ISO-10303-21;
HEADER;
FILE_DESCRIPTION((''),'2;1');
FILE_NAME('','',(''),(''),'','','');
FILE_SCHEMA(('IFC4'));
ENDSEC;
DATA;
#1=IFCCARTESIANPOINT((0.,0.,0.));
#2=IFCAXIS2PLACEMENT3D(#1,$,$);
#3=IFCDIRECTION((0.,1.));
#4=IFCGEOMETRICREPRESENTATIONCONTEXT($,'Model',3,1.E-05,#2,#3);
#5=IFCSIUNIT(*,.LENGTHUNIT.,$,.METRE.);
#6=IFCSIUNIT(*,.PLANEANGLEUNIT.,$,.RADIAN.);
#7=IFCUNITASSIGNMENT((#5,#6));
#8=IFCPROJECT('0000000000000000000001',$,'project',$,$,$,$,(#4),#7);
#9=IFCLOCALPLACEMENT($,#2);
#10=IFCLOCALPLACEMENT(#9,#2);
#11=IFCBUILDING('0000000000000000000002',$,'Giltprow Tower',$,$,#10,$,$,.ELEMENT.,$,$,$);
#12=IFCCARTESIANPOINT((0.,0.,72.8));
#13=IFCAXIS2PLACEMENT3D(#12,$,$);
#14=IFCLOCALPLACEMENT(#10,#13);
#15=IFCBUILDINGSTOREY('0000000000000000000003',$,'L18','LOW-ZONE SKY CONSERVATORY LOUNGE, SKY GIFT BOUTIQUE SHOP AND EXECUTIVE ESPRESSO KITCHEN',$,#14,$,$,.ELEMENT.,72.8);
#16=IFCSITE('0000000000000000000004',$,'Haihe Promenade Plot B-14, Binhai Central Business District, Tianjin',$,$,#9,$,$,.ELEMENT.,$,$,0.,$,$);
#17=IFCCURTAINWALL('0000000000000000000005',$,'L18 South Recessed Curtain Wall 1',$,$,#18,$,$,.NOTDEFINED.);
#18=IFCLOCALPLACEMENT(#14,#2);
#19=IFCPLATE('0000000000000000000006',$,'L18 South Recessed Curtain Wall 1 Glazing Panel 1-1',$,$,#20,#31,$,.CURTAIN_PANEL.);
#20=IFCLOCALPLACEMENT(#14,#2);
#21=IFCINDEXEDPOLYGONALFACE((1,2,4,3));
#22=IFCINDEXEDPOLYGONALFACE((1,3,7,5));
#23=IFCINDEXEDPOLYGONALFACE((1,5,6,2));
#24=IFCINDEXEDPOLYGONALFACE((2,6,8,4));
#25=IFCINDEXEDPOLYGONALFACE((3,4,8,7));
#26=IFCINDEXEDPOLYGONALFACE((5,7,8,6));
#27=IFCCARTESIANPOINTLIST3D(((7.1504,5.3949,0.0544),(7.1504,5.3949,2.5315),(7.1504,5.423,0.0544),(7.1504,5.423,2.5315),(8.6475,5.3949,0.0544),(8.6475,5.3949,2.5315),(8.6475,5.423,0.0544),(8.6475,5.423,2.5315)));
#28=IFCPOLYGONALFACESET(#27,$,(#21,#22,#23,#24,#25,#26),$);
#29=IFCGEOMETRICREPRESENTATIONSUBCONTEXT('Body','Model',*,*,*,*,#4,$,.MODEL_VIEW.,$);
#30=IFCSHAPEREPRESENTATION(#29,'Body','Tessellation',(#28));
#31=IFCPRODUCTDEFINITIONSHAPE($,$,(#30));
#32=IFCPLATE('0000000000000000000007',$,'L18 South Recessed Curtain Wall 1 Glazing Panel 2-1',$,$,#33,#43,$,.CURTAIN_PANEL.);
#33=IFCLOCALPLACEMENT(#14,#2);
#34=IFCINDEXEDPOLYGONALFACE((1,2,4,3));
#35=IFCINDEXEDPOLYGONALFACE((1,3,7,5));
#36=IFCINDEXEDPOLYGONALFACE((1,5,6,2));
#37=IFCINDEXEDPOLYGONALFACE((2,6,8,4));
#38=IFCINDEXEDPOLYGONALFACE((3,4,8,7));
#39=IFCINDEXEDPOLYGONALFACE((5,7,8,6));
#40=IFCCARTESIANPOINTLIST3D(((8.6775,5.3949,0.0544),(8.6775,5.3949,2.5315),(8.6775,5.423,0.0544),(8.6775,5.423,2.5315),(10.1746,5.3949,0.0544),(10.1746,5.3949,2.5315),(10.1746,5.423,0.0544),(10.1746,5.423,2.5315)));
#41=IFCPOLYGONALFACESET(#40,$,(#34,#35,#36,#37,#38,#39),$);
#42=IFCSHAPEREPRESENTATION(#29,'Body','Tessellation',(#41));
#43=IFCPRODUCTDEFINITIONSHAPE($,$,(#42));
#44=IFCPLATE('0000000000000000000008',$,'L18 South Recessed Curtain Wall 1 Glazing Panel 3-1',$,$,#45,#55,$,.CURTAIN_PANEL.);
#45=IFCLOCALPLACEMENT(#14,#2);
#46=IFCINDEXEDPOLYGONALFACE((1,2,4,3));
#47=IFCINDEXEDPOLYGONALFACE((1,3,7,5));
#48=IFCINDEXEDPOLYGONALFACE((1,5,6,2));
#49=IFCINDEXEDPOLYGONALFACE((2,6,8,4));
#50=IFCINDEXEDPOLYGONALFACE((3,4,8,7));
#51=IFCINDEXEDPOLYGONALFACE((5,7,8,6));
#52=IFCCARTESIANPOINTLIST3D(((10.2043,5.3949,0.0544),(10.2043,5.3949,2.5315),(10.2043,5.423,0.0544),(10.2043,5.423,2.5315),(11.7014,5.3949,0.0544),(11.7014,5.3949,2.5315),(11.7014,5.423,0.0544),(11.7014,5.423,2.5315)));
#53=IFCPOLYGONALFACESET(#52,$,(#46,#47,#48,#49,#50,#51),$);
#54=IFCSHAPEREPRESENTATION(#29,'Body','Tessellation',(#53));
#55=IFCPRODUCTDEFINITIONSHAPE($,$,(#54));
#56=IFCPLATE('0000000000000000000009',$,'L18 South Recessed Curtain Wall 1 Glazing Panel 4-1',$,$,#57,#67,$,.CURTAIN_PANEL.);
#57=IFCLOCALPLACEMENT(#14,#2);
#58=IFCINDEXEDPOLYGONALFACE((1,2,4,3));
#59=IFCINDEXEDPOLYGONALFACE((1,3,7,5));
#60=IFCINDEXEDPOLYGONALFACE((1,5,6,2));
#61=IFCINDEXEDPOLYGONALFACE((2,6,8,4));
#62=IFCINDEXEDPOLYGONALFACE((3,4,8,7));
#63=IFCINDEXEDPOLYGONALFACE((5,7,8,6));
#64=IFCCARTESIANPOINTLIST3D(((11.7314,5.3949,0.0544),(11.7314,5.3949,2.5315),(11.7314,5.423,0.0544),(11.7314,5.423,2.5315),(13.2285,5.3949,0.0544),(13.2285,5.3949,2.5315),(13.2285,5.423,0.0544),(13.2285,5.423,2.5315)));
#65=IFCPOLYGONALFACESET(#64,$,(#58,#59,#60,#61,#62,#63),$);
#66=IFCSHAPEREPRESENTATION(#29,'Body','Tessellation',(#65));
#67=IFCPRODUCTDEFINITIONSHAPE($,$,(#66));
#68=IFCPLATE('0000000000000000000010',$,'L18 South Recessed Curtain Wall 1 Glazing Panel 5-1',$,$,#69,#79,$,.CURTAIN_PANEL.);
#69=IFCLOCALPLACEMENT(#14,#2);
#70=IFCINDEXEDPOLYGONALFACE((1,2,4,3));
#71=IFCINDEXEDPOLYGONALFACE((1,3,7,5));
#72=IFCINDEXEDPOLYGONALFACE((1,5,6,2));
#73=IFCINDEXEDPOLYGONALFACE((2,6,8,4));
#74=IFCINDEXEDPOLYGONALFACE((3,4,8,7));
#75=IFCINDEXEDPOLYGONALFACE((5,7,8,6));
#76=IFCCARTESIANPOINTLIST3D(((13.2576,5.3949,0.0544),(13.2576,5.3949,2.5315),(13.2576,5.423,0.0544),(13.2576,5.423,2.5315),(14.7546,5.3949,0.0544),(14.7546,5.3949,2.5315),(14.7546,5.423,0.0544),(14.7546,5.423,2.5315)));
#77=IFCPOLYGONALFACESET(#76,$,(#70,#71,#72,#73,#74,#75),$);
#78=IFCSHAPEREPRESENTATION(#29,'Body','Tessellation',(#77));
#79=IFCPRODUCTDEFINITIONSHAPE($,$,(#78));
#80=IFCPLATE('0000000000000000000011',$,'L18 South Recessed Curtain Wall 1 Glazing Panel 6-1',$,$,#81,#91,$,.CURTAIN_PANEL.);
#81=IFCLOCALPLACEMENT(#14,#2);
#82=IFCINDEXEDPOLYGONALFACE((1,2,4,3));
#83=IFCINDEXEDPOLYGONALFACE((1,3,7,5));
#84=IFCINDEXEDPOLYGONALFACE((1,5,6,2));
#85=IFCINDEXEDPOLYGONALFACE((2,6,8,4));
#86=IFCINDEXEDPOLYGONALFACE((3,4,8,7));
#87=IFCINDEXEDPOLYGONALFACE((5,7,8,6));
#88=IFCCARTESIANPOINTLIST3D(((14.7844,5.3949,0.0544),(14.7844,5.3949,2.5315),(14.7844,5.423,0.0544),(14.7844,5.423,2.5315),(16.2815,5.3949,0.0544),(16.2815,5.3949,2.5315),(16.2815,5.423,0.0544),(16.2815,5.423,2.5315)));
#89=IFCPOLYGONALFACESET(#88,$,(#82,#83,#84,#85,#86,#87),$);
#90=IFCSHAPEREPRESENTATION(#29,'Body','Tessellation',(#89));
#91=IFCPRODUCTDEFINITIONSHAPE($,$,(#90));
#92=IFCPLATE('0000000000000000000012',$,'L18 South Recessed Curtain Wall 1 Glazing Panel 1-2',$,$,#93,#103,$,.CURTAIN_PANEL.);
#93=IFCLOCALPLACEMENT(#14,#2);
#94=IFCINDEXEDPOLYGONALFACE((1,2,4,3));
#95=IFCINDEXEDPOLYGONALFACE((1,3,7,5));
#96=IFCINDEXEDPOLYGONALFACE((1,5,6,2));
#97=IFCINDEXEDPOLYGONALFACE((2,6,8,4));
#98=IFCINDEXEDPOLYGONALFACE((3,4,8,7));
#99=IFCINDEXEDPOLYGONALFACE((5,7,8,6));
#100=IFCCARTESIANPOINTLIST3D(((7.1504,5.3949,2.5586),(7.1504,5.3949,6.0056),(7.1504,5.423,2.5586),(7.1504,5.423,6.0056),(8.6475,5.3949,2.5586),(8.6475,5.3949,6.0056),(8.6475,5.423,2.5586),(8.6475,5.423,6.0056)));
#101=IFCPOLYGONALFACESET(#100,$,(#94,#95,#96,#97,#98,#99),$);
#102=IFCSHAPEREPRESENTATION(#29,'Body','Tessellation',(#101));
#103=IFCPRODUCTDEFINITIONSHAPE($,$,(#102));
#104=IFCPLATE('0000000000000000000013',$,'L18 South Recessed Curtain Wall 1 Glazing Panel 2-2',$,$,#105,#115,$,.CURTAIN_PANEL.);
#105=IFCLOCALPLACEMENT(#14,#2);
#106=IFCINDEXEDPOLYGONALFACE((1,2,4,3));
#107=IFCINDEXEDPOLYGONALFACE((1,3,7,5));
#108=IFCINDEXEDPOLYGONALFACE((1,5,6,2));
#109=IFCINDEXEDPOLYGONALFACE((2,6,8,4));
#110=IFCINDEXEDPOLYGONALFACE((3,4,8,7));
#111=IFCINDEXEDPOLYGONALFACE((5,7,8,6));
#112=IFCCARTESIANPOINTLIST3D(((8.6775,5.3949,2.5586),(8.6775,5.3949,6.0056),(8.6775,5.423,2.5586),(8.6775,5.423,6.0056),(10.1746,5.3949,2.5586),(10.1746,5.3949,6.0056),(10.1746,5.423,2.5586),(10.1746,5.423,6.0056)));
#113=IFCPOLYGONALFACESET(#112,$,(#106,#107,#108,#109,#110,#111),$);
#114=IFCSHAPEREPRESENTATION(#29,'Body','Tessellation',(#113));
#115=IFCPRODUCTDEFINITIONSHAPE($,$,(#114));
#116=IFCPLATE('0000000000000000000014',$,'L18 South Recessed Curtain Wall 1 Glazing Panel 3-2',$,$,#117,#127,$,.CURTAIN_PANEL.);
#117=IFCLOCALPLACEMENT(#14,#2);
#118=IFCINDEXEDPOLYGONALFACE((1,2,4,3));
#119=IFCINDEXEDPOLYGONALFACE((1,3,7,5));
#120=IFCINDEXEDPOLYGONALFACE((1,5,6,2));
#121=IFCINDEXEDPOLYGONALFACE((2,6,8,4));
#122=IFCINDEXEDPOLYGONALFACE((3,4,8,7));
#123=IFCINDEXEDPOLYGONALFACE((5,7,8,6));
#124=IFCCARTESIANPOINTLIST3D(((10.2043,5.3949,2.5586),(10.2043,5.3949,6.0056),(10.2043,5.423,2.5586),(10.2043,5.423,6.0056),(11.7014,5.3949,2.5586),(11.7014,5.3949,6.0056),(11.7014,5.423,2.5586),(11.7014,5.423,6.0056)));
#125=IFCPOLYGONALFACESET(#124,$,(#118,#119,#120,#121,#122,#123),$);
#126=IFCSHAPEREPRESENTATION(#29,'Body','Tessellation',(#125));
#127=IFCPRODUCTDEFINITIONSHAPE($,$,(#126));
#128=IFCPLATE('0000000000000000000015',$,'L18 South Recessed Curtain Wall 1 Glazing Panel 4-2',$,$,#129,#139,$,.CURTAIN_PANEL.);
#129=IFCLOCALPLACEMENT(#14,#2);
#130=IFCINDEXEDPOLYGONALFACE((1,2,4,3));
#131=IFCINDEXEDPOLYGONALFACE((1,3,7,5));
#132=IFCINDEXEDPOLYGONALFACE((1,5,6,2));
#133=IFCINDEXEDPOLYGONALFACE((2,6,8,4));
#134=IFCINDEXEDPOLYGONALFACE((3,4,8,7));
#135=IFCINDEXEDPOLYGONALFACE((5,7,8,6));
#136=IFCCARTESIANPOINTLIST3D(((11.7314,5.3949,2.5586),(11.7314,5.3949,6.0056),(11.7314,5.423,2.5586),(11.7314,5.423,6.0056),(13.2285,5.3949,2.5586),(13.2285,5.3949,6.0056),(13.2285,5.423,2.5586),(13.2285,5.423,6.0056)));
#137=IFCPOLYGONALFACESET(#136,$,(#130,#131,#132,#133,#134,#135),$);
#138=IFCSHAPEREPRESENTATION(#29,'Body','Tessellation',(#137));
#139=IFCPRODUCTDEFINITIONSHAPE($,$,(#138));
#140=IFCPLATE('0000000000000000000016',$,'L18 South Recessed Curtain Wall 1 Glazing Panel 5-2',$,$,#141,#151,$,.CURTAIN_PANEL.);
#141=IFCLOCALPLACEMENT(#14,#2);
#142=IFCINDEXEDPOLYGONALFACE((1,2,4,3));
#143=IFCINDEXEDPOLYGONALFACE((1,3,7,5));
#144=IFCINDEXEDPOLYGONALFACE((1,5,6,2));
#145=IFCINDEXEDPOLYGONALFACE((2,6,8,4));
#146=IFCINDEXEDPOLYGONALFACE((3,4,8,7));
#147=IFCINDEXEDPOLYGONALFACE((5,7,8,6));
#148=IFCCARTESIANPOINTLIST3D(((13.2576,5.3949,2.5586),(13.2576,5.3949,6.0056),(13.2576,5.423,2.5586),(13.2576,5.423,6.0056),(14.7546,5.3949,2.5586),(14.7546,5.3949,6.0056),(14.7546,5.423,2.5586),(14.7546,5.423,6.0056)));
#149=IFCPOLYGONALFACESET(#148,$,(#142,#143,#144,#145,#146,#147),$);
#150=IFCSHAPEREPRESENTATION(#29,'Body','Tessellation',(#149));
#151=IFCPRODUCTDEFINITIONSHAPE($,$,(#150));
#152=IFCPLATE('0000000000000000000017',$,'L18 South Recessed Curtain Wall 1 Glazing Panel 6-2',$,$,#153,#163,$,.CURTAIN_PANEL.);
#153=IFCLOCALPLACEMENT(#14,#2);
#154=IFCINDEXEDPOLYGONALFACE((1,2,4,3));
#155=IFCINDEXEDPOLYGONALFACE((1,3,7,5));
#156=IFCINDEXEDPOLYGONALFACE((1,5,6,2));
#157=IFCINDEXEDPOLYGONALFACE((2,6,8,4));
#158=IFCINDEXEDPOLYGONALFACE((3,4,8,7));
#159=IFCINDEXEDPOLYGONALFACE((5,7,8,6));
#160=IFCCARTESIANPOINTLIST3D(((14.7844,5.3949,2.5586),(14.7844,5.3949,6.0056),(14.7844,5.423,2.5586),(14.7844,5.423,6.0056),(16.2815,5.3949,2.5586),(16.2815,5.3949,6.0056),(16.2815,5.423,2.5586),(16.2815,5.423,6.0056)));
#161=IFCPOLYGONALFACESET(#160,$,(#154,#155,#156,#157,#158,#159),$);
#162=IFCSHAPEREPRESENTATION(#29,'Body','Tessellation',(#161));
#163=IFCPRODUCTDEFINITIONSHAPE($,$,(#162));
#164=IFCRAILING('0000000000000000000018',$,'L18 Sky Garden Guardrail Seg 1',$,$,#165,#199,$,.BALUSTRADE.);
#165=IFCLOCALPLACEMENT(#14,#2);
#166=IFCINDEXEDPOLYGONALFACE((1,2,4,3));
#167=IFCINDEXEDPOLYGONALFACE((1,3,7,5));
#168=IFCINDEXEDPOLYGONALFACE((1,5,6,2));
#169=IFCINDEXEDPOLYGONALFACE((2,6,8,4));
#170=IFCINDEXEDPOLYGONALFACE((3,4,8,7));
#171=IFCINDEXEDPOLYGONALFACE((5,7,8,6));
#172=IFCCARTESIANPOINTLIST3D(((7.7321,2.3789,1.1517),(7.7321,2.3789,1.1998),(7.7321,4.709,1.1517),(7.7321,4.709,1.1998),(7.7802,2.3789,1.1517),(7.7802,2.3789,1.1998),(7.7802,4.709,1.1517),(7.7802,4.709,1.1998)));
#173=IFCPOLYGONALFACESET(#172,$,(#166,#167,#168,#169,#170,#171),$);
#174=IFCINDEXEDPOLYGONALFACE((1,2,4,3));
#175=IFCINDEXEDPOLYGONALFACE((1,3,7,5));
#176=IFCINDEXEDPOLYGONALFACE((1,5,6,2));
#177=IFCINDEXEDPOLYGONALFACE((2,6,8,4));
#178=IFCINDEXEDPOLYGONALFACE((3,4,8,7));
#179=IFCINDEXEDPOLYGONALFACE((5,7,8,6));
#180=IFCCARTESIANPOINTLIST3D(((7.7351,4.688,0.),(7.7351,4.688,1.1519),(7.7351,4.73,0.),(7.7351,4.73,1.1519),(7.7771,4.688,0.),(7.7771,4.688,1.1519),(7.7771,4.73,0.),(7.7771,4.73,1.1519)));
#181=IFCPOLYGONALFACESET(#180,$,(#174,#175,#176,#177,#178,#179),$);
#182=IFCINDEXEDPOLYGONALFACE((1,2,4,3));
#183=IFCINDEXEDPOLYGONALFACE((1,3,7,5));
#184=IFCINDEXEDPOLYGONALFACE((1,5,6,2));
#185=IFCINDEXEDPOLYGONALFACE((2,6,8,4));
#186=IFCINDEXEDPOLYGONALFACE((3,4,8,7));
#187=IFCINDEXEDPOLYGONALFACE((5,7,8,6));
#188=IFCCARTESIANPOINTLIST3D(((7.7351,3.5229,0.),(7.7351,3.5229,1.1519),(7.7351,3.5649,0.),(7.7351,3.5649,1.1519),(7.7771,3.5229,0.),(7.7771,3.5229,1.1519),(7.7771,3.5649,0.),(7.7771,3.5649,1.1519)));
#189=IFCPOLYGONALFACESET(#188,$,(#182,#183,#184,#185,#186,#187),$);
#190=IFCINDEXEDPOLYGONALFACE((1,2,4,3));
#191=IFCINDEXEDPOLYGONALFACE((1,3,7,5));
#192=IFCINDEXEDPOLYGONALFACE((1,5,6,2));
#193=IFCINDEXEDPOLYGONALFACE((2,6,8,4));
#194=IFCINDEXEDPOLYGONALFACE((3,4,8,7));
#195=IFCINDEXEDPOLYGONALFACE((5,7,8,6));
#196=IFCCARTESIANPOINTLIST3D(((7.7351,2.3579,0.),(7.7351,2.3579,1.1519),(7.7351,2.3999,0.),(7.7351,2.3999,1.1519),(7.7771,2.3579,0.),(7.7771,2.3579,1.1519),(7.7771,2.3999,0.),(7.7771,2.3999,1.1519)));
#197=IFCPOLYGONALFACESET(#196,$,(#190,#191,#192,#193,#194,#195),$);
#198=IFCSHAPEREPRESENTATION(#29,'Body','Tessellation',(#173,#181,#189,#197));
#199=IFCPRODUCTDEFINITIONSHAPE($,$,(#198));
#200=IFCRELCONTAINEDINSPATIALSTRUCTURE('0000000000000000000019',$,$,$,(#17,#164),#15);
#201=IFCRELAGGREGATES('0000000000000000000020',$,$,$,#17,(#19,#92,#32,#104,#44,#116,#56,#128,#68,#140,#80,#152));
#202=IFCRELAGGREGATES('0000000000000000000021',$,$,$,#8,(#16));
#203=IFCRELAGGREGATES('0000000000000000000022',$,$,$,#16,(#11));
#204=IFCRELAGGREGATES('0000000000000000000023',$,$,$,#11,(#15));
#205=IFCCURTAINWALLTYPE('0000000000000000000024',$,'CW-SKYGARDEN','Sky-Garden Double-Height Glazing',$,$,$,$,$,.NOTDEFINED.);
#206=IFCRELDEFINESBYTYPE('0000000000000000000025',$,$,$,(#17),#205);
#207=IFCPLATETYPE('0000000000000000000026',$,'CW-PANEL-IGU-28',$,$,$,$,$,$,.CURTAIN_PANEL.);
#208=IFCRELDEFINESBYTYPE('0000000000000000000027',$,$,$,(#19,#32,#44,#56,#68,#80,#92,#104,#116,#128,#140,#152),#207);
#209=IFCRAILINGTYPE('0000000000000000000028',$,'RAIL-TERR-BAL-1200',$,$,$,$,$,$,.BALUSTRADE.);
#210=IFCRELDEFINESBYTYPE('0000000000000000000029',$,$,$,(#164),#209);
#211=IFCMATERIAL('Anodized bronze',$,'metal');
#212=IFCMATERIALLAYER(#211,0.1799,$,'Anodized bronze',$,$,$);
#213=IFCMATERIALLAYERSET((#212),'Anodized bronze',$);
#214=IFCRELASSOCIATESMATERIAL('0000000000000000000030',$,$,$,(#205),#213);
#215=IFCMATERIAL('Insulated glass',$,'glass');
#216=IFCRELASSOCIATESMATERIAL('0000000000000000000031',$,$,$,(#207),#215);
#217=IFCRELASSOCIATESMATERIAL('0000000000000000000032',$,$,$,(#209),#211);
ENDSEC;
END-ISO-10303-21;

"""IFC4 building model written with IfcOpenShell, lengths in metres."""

from ifc_helpers import new_model, si_unit, direction, frame, origin, origin_2d, place, context, subcontext, project, spatial, rectangle, extrude, source, transform, mapped, material, layer, layer_set, type_object, element, aggregate, save


model = new_model("IFC4")

# Units and contexts
model_context = context("Model", 3, precision=1e-05, world=origin(), true_north=direction((0.0, 1.0)))
body_context = subcontext(model_context, "Body", "Model", "MODEL_VIEW")
ifc_project = project(units=[si_unit("LENGTHUNIT", "METRE"), si_unit("PLANEANGLEUNIT", "RADIAN")], contexts=[model_context])

# Site, building, storey
site_placement = place(None, origin())
site = spatial("IfcSite", under=ifc_project, at=site_placement, Name="Haihe Promenade Plot B-14, Binhai Central Business District, Tianjin", CompositionType="ELEMENT", RefElevation=0.0)
building_placement = place(site_placement, origin())
building = spatial("IfcBuilding", under=site, at=building_placement, Name="Giltprow Tower", CompositionType="ELEMENT")
storey_placement = place(building_placement, frame((0.0, 0.0, 72.8)))
storey = spatial("IfcBuildingStorey", under=building, at=storey_placement, Name="L18", Description="LOW-ZONE SKY CONSERVATORY LOUNGE, SKY GIFT BOUTIQUE SHOP AND EXECUTIVE ESPRESSO KITCHEN", CompositionType="ELEMENT", Elevation=72.8)

# Curtain wall, plates
ifc_material_1 = material(Name="Anodized bronze", Category="metal")
ifc_layer = layer(ifc_material_1, 0.1799, Name="Anodized bronze")
ifc_layer_set = layer_set([ifc_layer], Name="Anodized bronze")
curtain_wall_type = type_object("IfcCurtainWallType", Name="CW-SKYGARDEN", Description="Sky-Garden Double-Height Glazing", PredefinedType="NOTDEFINED", material=ifc_layer_set)
curtain_wall_placement = place(storey_placement, origin())
curtain_wall = element("IfcCurtainWall", 1, at=curtain_wall_placement, inside=storey, type_object=curtain_wall_type, Name="L18 South Recessed Curtain Wall 1", PredefinedType="NOTDEFINED")
ifc_material_2 = material(Name="Insulated glass", Category="glass")
plate_type = type_object("IfcPlateType", Name="CW-PANEL-IGU-28", PredefinedType="CURTAIN_PANEL", material=ifc_material_2)
shared_shape_1 = source(origin(), body_context, "Body", "SweptSolid", [
    extrude(rectangle(XDim=1.4971, YDim=0.0281, at=origin_2d()), origin(), (0.0, 0.0, 1.0), 2.4771),
])
plate_1_placement = place(storey_placement, frame((7.8989, 5.4089, 0.0544), z_axis=(0.0, 0.0, 1.0), x_axis=(1.0, 0.0, 0.0)))
plate_1 = element("IfcPlate", 2, at=plate_1_placement, type_object=plate_type, Name="L18 South Recessed Curtain Wall 1 Glazing Panel 1-1", PredefinedType="CURTAIN_PANEL", context=body_context, shape_type="MappedRepresentation", body=[
    mapped(shared_shape_1, transform((0.0, 0.0, 0.0), x_axis=(1.0, 0.0, 0.0), y_axis=(0.0, 1.0, 0.0), z_axis=(0.0, 0.0, 1.0), scale=1.0)),
])
plate_2_placement = place(storey_placement, frame((9.426, 5.4089, 0.0544), z_axis=(0.0, 0.0, 1.0), x_axis=(1.0, 0.0, 0.0)))
plate_2 = element("IfcPlate", 3, at=plate_2_placement, type_object=plate_type, Name="L18 South Recessed Curtain Wall 1 Glazing Panel 2-1", PredefinedType="CURTAIN_PANEL", context=body_context, shape_type="MappedRepresentation", body=[
    mapped(shared_shape_1, transform((0.0, 0.0, 0.0), x_axis=(1.0, 0.0, 0.0), y_axis=(0.0, 1.0, 0.0), z_axis=(0.0, 0.0, 1.0), scale=1.0)),
])
plate_3_placement = place(storey_placement, frame((10.9529, 5.4089, 0.0544), z_axis=(0.0, 0.0, 1.0), x_axis=(1.0, 0.0, 0.0)))
plate_3 = element("IfcPlate", 4, at=plate_3_placement, type_object=plate_type, Name="L18 South Recessed Curtain Wall 1 Glazing Panel 3-1", PredefinedType="CURTAIN_PANEL", context=body_context, shape_type="MappedRepresentation", body=[
    mapped(shared_shape_1, transform((0.0, 0.0, 0.0), x_axis=(1.0, 0.0, 0.0), y_axis=(0.0, 1.0, 0.0), z_axis=(0.0, 0.0, 1.0), scale=1.0)),
])
plate_4_placement = place(storey_placement, frame((12.48, 5.4089, 0.0544), z_axis=(0.0, 0.0, 1.0), x_axis=(1.0, 0.0, 0.0)))
plate_4 = element("IfcPlate", 5, at=plate_4_placement, type_object=plate_type, Name="L18 South Recessed Curtain Wall 1 Glazing Panel 4-1", PredefinedType="CURTAIN_PANEL", context=body_context, shape_type="MappedRepresentation", body=[
    mapped(shared_shape_1, transform((0.0, 0.0, 0.0), x_axis=(1.0, 0.0, 0.0), y_axis=(0.0, 1.0, 0.0), z_axis=(0.0, 0.0, 1.0), scale=1.0)),
])
plate_5_placement = place(storey_placement, frame((14.0061, 5.4089, 0.0544), z_axis=(0.0, 0.0, 1.0), x_axis=(1.0, 0.0, 0.0)))
plate_5 = element("IfcPlate", 6, at=plate_5_placement, type_object=plate_type, Name="L18 South Recessed Curtain Wall 1 Glazing Panel 5-1", PredefinedType="CURTAIN_PANEL", context=body_context, shape_type="MappedRepresentation", body=[
    mapped(shared_shape_1, transform((0.0, 0.0, 0.0), x_axis=(1.0, 0.0, 0.0), y_axis=(0.0, 1.0, 0.0), z_axis=(0.0, 0.0, 1.0), scale=1.0)),
])
plate_6_placement = place(storey_placement, frame((15.533, 5.4089, 0.0544), z_axis=(0.0, 0.0, 1.0), x_axis=(1.0, 0.0, 0.0)))
plate_6 = element("IfcPlate", 7, at=plate_6_placement, type_object=plate_type, Name="L18 South Recessed Curtain Wall 1 Glazing Panel 6-1", PredefinedType="CURTAIN_PANEL", context=body_context, shape_type="MappedRepresentation", body=[
    mapped(shared_shape_1, transform((0.0, 0.0, 0.0), x_axis=(1.0, 0.0, 0.0), y_axis=(0.0, 1.0, 0.0), z_axis=(0.0, 0.0, 1.0), scale=1.0)),
])
shared_shape_2 = source(origin(), body_context, "Body", "SweptSolid", [
    extrude(rectangle(XDim=1.4971, YDim=0.0281, at=origin_2d()), origin(), (0.0, 0.0, 1.0), 3.447),
])
plate_7_placement = place(storey_placement, frame((7.8989, 5.4089, 2.5586), z_axis=(0.0, 0.0, 1.0), x_axis=(1.0, 0.0, 0.0)))
plate_7 = element("IfcPlate", 8, at=plate_7_placement, type_object=plate_type, Name="L18 South Recessed Curtain Wall 1 Glazing Panel 1-2", PredefinedType="CURTAIN_PANEL", context=body_context, shape_type="MappedRepresentation", body=[
    mapped(shared_shape_2, transform((0.0, 0.0, 0.0), x_axis=(1.0, 0.0, 0.0), y_axis=(0.0, 1.0, 0.0), z_axis=(0.0, 0.0, 1.0), scale=1.0)),
])
plate_8_placement = place(storey_placement, frame((9.426, 5.4089, 2.5586), z_axis=(0.0, 0.0, 1.0), x_axis=(1.0, 0.0, 0.0)))
plate_8 = element("IfcPlate", 9, at=plate_8_placement, type_object=plate_type, Name="L18 South Recessed Curtain Wall 1 Glazing Panel 2-2", PredefinedType="CURTAIN_PANEL", context=body_context, shape_type="MappedRepresentation", body=[
    mapped(shared_shape_2, transform((0.0, 0.0, 0.0), x_axis=(1.0, 0.0, 0.0), y_axis=(0.0, 1.0, 0.0), z_axis=(0.0, 0.0, 1.0), scale=1.0)),
])
plate_9_placement = place(storey_placement, frame((10.9529, 5.4089, 2.5586), z_axis=(0.0, 0.0, 1.0), x_axis=(1.0, 0.0, 0.0)))
plate_9 = element("IfcPlate", 10, at=plate_9_placement, type_object=plate_type, Name="L18 South Recessed Curtain Wall 1 Glazing Panel 3-2", PredefinedType="CURTAIN_PANEL", context=body_context, shape_type="MappedRepresentation", body=[
    mapped(shared_shape_2, transform((0.0, 0.0, 0.0), x_axis=(1.0, 0.0, 0.0), y_axis=(0.0, 1.0, 0.0), z_axis=(0.0, 0.0, 1.0), scale=1.0)),
])
plate_10_placement = place(storey_placement, frame((12.48, 5.4089, 2.5586), z_axis=(0.0, 0.0, 1.0), x_axis=(1.0, 0.0, 0.0)))
plate_10 = element("IfcPlate", 11, at=plate_10_placement, type_object=plate_type, Name="L18 South Recessed Curtain Wall 1 Glazing Panel 4-2", PredefinedType="CURTAIN_PANEL", context=body_context, shape_type="MappedRepresentation", body=[
    mapped(shared_shape_2, transform((0.0, 0.0, 0.0), x_axis=(1.0, 0.0, 0.0), y_axis=(0.0, 1.0, 0.0), z_axis=(0.0, 0.0, 1.0), scale=1.0)),
])
plate_11_placement = place(storey_placement, frame((14.0061, 5.4089, 2.5586), z_axis=(0.0, 0.0, 1.0), x_axis=(1.0, 0.0, 0.0)))
plate_11 = element("IfcPlate", 12, at=plate_11_placement, type_object=plate_type, Name="L18 South Recessed Curtain Wall 1 Glazing Panel 5-2", PredefinedType="CURTAIN_PANEL", context=body_context, shape_type="MappedRepresentation", body=[
    mapped(shared_shape_2, transform((0.0, 0.0, 0.0), x_axis=(1.0, 0.0, 0.0), y_axis=(0.0, 1.0, 0.0), z_axis=(0.0, 0.0, 1.0), scale=1.0)),
])
plate_12_placement = place(storey_placement, frame((15.533, 5.4089, 2.5586), z_axis=(0.0, 0.0, 1.0), x_axis=(1.0, 0.0, 0.0)))
plate_12 = element("IfcPlate", 13, at=plate_12_placement, type_object=plate_type, Name="L18 South Recessed Curtain Wall 1 Glazing Panel 6-2", PredefinedType="CURTAIN_PANEL", context=body_context, shape_type="MappedRepresentation", body=[
    mapped(shared_shape_2, transform((0.0, 0.0, 0.0), x_axis=(1.0, 0.0, 0.0), y_axis=(0.0, 1.0, 0.0), z_axis=(0.0, 0.0, 1.0), scale=1.0)),
])
aggregate(curtain_wall, [plate_1, plate_7, plate_2, plate_8, plate_3, plate_9, plate_4, plate_10, plate_5, plate_11, plate_6, plate_12])

# Railing
railing_type = type_object("IfcRailingType", Name="RAIL-TERR-BAL-1200", PredefinedType="BALUSTRADE", material=ifc_material_1)
railing_1_placement = place(storey_placement, frame((7.7561, 4.709, 0.0)))
element("IfcRailing", 14, at=railing_1_placement, inside=storey, type_object=railing_type, Name="L18 Sky Garden Guardrail Seg 1", PredefinedType="BALUSTRADE", context=body_context, shape_type="SweptSolid", body=[
    extrude(rectangle(XDim=0.0481, YDim=0.0481, at=origin_2d()), frame((0.0, 0.0, 1.1758), z_axis=(0.0, -1.0, 0.0), x_axis=(1.0, 0.0, 0.0)), (0.0, 0.0, 1.0), 2.3301),
    extrude(rectangle(XDim=0.042, YDim=0.042, at=origin_2d()), origin(), (0.0, 0.0, 1.0), 1.1519),
    extrude(rectangle(XDim=0.042, YDim=0.042, at=origin_2d()), frame((0.0, -1.165, 0.0)), (0.0, 0.0, 1.0), 1.1519),
    extrude(rectangle(XDim=0.042, YDim=0.042, at=origin_2d()), frame((0.0, -2.3301, 0.0)), (0.0, 0.0, 1.0), 1.1519),
])

save(model, "model.ifc")
